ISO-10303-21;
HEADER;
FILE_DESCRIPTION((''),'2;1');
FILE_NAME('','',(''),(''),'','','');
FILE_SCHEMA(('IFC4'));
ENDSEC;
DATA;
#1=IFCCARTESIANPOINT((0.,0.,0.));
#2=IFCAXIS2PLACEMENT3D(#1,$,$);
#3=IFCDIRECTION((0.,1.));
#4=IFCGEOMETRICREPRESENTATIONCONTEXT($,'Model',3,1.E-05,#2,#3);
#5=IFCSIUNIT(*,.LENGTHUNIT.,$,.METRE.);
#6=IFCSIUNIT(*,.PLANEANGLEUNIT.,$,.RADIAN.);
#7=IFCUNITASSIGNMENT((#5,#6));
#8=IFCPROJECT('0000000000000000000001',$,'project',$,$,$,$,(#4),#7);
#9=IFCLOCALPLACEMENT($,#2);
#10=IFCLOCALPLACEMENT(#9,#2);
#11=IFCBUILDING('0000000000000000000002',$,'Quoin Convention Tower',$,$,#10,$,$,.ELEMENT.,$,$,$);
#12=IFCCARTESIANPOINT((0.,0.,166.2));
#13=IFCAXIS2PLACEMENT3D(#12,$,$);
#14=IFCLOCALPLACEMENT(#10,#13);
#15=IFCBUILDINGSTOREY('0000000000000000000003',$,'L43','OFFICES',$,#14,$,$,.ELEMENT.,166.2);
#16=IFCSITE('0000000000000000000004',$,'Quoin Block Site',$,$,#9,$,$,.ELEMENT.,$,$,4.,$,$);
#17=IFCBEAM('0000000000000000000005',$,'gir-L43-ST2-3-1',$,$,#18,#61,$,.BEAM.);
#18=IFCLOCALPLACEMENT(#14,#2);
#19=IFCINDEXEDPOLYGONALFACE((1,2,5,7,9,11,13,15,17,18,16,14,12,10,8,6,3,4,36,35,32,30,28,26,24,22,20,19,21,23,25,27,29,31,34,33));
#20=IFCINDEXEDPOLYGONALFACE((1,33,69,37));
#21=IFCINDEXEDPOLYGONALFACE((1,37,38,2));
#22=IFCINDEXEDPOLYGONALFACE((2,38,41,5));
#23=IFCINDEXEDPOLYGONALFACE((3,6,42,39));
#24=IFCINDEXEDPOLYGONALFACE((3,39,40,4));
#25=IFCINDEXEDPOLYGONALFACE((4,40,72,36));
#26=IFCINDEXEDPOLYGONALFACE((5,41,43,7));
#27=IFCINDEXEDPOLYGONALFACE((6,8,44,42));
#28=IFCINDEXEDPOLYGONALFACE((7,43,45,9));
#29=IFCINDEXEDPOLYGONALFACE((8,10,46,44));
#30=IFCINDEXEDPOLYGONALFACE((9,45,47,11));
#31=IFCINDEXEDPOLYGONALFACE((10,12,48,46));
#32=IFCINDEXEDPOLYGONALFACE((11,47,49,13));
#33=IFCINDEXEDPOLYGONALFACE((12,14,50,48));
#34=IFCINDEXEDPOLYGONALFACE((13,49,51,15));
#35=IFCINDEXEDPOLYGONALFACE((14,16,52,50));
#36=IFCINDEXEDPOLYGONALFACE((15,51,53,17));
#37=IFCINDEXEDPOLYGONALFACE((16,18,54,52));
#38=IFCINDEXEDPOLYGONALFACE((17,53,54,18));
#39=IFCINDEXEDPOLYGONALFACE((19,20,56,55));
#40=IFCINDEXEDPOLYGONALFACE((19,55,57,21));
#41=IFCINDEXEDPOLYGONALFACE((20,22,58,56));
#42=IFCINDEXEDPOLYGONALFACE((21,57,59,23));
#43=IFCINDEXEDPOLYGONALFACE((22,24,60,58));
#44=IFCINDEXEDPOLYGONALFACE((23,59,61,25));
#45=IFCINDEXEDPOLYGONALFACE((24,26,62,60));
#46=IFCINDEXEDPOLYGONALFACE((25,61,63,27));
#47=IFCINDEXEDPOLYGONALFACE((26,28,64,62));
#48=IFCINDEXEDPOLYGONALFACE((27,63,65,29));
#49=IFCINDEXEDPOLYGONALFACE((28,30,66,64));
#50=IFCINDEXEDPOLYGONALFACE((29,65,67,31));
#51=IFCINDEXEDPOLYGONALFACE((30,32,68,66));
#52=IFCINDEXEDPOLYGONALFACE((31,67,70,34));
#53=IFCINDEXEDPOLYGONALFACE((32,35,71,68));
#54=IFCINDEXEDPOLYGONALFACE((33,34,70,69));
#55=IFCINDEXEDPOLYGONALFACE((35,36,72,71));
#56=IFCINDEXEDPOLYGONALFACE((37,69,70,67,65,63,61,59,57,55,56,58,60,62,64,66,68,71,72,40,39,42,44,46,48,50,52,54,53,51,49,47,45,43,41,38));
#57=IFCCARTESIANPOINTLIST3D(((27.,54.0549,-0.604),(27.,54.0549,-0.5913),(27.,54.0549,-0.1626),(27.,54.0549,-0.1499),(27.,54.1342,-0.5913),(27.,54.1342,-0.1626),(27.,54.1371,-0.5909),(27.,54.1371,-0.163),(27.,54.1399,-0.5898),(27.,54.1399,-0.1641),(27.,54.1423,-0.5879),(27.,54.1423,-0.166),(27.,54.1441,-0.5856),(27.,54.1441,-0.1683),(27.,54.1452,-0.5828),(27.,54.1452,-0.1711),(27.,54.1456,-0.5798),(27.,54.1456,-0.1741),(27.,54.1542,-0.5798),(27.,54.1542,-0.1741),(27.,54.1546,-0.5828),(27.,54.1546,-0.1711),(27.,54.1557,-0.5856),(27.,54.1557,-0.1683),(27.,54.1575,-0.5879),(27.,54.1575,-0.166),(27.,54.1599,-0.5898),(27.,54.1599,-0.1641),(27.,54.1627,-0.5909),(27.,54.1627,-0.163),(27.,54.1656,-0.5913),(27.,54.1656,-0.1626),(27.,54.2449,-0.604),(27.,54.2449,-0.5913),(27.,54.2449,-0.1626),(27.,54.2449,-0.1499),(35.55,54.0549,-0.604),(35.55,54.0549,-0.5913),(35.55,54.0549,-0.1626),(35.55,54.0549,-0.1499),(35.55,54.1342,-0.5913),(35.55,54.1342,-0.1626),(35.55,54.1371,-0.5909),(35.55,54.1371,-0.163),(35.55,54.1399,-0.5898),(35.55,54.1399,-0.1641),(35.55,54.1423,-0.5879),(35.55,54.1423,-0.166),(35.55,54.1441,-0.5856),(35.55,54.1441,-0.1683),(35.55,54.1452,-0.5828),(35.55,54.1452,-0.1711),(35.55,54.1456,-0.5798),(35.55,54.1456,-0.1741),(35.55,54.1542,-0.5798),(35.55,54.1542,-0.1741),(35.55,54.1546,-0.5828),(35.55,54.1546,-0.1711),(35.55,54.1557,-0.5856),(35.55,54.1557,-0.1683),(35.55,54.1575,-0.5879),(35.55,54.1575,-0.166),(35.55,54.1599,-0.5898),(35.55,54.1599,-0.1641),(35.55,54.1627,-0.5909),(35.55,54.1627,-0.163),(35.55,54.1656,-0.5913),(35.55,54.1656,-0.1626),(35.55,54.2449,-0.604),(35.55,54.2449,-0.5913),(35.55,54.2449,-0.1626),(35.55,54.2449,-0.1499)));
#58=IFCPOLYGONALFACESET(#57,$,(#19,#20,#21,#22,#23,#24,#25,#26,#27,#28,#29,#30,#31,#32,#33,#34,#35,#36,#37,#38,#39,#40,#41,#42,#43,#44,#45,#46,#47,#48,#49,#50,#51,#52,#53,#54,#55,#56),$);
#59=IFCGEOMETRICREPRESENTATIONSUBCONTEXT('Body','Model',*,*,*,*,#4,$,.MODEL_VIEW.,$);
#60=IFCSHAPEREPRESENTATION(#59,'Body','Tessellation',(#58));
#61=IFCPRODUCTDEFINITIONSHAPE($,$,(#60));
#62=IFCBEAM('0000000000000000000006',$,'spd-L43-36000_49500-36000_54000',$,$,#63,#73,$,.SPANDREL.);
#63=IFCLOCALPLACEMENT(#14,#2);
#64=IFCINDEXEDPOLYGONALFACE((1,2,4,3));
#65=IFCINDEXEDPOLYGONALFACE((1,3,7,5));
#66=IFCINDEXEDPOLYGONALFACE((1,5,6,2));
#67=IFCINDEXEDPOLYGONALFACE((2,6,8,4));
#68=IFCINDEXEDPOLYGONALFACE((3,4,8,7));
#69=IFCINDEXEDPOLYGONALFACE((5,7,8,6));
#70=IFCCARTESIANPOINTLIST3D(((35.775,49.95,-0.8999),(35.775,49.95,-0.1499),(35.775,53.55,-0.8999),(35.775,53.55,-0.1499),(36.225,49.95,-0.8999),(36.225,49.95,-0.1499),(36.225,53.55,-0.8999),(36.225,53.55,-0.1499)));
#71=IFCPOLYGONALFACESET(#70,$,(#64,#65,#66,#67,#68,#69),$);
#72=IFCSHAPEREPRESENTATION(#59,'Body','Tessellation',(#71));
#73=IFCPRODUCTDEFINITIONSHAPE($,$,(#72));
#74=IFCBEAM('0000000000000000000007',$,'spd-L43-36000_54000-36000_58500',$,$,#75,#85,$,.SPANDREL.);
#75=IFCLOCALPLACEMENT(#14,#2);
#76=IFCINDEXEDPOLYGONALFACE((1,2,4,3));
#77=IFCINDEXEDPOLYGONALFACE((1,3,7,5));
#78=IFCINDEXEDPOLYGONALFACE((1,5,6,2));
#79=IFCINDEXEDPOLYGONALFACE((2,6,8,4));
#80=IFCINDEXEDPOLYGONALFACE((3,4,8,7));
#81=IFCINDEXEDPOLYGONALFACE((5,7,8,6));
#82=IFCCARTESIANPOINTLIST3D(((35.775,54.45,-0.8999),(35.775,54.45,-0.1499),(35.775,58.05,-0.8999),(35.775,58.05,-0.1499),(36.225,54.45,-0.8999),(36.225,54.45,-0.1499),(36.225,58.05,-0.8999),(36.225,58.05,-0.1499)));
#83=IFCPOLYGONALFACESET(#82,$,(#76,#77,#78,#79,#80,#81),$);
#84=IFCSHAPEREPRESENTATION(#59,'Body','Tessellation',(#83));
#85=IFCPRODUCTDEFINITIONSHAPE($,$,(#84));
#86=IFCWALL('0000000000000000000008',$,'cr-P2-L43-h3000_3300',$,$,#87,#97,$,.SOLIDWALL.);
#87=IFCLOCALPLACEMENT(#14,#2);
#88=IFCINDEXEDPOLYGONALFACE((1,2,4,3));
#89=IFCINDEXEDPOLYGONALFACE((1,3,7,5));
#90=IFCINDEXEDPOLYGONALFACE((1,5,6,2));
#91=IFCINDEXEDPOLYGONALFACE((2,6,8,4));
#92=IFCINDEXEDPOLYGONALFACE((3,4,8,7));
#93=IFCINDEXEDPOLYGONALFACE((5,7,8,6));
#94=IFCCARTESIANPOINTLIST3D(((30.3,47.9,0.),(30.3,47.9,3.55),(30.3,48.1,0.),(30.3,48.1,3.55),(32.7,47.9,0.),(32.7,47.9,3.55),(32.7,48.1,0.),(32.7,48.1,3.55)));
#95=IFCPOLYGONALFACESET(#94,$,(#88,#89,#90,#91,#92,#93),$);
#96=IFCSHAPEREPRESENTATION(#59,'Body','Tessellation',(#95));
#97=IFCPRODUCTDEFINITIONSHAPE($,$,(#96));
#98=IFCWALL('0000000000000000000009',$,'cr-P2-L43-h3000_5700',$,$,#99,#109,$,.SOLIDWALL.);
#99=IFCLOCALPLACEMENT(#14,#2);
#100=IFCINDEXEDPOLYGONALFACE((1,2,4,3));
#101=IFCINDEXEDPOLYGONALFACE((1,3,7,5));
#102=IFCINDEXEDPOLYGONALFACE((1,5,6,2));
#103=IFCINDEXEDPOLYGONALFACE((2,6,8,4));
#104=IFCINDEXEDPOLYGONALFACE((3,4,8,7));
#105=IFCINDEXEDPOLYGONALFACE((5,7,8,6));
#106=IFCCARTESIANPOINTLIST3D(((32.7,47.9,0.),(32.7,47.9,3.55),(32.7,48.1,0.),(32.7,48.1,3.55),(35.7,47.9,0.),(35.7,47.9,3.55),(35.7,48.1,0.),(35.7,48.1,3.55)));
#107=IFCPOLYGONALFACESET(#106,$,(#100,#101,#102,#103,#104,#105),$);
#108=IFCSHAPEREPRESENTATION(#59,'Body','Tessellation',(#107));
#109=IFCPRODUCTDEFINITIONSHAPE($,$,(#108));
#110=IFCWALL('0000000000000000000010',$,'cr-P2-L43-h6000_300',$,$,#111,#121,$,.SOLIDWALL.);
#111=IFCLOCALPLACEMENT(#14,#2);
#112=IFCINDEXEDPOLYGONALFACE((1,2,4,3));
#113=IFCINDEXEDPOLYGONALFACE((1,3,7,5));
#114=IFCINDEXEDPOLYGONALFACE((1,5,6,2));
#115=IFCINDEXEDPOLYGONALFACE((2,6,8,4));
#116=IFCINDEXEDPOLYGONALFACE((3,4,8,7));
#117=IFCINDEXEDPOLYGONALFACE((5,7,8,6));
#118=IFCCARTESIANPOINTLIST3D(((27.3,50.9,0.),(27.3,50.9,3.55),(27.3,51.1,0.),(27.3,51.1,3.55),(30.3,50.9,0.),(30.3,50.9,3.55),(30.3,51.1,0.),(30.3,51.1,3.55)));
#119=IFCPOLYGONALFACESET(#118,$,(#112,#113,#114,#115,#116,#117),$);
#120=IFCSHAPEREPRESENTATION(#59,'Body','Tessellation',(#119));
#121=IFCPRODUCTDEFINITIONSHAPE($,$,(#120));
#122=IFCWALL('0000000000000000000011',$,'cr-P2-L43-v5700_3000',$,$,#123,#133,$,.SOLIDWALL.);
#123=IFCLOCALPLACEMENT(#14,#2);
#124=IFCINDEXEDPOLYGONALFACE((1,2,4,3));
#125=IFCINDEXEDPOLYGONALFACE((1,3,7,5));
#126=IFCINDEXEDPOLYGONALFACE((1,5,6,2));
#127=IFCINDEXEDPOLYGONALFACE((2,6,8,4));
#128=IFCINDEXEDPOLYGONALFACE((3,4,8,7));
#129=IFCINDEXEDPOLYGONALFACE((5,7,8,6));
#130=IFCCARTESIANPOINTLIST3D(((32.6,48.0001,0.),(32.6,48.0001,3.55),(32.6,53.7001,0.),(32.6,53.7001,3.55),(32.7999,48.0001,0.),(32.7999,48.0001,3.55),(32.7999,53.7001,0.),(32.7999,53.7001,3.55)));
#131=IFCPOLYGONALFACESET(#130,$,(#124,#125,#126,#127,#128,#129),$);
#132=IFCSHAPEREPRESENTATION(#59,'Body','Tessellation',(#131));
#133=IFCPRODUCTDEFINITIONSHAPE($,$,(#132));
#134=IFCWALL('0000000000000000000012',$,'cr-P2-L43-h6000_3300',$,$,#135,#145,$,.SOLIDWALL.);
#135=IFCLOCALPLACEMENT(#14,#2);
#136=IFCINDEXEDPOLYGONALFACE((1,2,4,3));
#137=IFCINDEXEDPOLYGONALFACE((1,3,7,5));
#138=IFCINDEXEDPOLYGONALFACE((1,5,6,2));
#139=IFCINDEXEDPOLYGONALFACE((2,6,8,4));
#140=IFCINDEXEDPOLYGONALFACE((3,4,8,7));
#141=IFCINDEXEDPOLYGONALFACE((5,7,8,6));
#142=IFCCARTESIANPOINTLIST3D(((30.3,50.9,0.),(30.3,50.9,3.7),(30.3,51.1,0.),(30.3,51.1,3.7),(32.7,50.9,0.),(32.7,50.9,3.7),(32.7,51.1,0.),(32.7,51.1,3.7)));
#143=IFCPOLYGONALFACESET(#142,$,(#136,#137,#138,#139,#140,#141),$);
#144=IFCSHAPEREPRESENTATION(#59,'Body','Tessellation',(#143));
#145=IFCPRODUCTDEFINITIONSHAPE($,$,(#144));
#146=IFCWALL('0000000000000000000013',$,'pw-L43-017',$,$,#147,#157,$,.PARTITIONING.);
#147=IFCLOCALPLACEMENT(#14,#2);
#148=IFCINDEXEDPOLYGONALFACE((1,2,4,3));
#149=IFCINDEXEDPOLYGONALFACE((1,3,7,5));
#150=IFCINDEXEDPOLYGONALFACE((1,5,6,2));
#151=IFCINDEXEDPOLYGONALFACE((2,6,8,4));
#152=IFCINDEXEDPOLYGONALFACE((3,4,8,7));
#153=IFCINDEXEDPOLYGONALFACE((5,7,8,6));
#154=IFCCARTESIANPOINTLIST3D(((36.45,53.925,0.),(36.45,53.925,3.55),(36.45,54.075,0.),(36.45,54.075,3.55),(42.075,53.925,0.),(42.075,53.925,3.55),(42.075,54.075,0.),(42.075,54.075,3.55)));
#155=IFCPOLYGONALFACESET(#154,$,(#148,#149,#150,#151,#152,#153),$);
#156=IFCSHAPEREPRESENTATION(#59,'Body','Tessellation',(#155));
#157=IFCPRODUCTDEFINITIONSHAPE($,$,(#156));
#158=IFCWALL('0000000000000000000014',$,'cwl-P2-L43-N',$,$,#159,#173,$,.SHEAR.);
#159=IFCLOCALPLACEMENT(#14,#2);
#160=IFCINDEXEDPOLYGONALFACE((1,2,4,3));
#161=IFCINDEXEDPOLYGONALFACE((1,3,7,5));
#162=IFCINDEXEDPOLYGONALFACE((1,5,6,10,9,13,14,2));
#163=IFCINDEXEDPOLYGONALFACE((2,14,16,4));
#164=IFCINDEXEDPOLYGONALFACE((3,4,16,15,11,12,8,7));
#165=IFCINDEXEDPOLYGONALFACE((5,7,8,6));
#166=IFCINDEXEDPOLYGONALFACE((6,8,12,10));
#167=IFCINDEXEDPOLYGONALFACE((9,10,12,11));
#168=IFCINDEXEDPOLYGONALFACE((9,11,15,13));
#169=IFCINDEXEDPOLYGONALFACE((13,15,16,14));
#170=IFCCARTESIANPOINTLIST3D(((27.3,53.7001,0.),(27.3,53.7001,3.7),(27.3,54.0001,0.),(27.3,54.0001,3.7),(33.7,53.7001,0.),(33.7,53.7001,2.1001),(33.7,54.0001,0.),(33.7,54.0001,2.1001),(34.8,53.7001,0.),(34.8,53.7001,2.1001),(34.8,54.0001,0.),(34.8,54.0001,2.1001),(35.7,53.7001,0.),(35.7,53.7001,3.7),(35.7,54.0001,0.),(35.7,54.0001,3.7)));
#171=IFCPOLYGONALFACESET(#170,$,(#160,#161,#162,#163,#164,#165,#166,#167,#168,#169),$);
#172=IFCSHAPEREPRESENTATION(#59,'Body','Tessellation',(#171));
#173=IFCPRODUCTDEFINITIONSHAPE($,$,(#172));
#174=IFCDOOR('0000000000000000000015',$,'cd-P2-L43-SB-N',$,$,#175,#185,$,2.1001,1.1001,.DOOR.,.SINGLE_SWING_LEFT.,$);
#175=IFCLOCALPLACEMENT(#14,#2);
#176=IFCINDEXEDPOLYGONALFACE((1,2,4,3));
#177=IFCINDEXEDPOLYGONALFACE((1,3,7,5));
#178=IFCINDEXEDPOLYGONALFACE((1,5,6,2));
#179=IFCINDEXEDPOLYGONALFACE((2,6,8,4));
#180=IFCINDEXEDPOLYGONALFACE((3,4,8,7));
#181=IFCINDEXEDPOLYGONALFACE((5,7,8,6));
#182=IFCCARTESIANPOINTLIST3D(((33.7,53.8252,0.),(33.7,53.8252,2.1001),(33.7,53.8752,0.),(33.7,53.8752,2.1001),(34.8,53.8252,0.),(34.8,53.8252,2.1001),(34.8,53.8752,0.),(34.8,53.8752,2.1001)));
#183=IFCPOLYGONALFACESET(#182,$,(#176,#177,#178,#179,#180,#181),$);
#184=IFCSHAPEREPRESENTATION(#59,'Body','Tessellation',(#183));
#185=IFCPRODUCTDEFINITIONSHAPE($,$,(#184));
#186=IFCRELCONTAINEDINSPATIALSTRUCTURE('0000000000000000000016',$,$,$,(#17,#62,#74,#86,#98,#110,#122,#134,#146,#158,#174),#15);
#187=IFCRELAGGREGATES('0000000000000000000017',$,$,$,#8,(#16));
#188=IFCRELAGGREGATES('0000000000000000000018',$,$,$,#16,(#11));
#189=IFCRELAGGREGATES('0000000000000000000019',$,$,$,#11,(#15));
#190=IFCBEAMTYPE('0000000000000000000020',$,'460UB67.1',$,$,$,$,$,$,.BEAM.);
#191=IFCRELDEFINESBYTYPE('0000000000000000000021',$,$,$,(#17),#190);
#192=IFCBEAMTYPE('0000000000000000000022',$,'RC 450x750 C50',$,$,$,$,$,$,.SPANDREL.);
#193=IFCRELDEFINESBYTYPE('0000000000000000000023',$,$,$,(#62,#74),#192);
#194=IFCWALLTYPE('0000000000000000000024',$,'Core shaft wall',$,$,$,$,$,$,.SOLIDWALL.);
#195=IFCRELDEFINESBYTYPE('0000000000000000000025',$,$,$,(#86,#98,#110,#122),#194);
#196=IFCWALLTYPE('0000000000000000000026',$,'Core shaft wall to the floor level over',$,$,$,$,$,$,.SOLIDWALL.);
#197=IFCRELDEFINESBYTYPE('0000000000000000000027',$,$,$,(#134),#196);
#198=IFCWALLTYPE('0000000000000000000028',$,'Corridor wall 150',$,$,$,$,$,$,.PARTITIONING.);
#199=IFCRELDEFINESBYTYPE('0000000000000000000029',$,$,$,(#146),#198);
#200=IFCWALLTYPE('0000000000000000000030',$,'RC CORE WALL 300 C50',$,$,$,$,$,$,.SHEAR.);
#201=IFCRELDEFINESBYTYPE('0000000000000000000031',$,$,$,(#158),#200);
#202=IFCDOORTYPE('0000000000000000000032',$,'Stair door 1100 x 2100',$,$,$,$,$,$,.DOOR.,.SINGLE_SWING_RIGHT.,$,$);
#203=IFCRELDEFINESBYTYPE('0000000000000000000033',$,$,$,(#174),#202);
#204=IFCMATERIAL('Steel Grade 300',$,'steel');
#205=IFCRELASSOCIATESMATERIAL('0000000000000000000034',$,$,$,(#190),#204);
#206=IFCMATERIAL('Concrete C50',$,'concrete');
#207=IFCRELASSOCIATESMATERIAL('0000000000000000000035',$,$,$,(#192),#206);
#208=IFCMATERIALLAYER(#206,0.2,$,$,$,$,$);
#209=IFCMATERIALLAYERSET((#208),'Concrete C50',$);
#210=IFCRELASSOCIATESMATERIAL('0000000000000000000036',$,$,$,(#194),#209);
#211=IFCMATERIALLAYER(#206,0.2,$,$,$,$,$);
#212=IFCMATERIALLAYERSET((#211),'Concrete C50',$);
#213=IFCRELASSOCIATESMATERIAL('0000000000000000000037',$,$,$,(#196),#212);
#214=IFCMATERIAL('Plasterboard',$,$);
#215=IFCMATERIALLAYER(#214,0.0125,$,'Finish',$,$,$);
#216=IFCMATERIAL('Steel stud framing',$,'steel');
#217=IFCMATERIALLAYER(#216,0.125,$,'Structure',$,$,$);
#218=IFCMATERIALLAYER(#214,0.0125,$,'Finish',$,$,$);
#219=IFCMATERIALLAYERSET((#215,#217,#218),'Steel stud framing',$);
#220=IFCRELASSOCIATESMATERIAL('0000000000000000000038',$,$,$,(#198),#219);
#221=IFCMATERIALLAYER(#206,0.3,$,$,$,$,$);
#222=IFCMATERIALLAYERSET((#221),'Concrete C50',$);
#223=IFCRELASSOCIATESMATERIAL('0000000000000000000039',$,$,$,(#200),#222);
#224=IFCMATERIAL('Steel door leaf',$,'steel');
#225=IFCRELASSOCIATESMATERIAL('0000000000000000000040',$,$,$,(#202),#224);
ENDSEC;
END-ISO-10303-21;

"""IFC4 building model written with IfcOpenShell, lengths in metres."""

from ifc_helpers import new_model, si_unit, direction, frame, frame_2d, origin, origin_2d, place, context, subcontext, project, spatial, rectangle, i_section, extrude, material, layer, layer_set, material_profile, profile_set, type_object, element, fill, save


model = new_model("IFC4")

# Units and contexts
model_context = context("Model", 3, precision=1e-05, world=origin(), true_north=direction((0.0, 1.0)))
body_context = subcontext(model_context, "Body", "Model", "MODEL_VIEW")
ifc_project = project(units=[si_unit("LENGTHUNIT", "METRE"), si_unit("PLANEANGLEUNIT", "RADIAN")], contexts=[model_context])

# Site, building, storey
site_placement = place(None, origin())
site = spatial("IfcSite", under=ifc_project, at=site_placement, Name="Quoin Block Site", CompositionType="ELEMENT", RefElevation=4.0)
building_placement = place(site_placement, origin())
building = spatial("IfcBuilding", under=site, at=building_placement, Name="Quoin Convention Tower", CompositionType="ELEMENT")
storey_placement = place(building_placement, frame((0.0, 0.0, 166.2)))
storey = spatial("IfcBuildingStorey", under=building, at=storey_placement, Name="L43", Description="OFFICES", CompositionType="ELEMENT", Elevation=166.2)

# Shared definitions
ifc_material_1 = material(Name="Concrete C50", Category="concrete")

# Beams
ifc_material_2 = material(Name="Steel Grade 300", Category="steel")
ifc_material_profile_1 = material_profile(ifc_material_2, i_section(OverallWidth=0.1899, OverallDepth=0.4541, WebThickness=0.0085, FlangeThickness=0.0127, FilletRadius=0.0115, at=origin_2d()), Name="460UB67.1")
ifc_profile_set_1 = profile_set([ifc_material_profile_1], Name="Steel Grade 300")
beam_type_1 = type_object("IfcBeamType", Name="460UB67.1", PredefinedType="BEAM", material=ifc_profile_set_1)
beam_1_placement = place(storey_placement, frame((27.0, 54.1499, -0.377), z_axis=(1.0, 0.0, 0.0), x_axis=(0.0, 1.0, 0.0)))
element("IfcBeam", 1, at=beam_1_placement, inside=storey, type_object=beam_type_1, Name="gir-L43-ST2-3-1", PredefinedType="BEAM", context=body_context, shape_type="SweptSolid", body=[
    extrude(i_section(OverallWidth=0.1899, OverallDepth=0.4541, WebThickness=0.0085, FlangeThickness=0.0127, FilletRadius=0.0115, at=origin_2d()), origin(), (0.0, 0.0, 1.0), 8.55),
])
ifc_material_profile_2 = material_profile(ifc_material_1, rectangle(XDim=0.45, YDim=0.75, at=origin_2d()), Name="RC 450x750")
ifc_profile_set_2 = profile_set([ifc_material_profile_2], Name="Concrete C50")
beam_type_2 = type_object("IfcBeamType", Name="RC 450x750 C50", PredefinedType="SPANDREL", material=ifc_profile_set_2)
for number, where, z_axis, x_axis, name in (
    (2, (36.0, 49.95, -0.5249), (0.0, 1.0, 0.0), (-1.0, 0.0, 0.0), "spd-L43-36000_49500-36000_54000"),
    (3, (36.0, 54.45, -0.5249), (0.0, 1.0, 0.0), (-1.0, 0.0, 0.0), "spd-L43-36000_54000-36000_58500"),
):
    element("IfcBeam", number, at=place(storey_placement, frame(where, z_axis=z_axis, x_axis=x_axis)), inside=storey, type_object=beam_type_2, Name=name, PredefinedType="SPANDREL", context=body_context, shape_type="SweptSolid", body=[
        extrude(rectangle(XDim=0.45, YDim=0.75, at=origin_2d()), origin(), (0.0, 0.0, 1.0), 3.6001),
    ])

# Walls
ifc_layer_1 = layer(ifc_material_1, 0.2)
ifc_layer_set_1 = layer_set([ifc_layer_1], Name="Concrete C50")
wall_type_1 = type_object("IfcWallType", Name="Core shaft wall", PredefinedType="SOLIDWALL", material=ifc_layer_set_1)
wall_1_placement = place(storey_placement, frame((30.3, 48.0, 0.0), z_axis=(0.0, 0.0, 1.0), x_axis=(1.0, 0.0, 0.0)))
element("IfcWall", 4, at=wall_1_placement, inside=storey, type_object=wall_type_1, Name="cr-P2-L43-h3000_3300", PredefinedType="SOLIDWALL", context=body_context, shape_type="SweptSolid", body=[
    extrude(rectangle(XDim=2.3999, YDim=0.2, at=frame_2d((1.2, 0.0))), origin(), (0.0, 0.0, 1.0), 3.55),
])
for number, where, z_axis, x_axis, name in (
    (5, (32.7, 48.0, 0.0), (0.0, 0.0, 1.0), (1.0, 0.0, 0.0), "cr-P2-L43-h3000_5700"),
    (6, (27.3, 51.0, 0.0), (0.0, 0.0, 1.0), (1.0, 0.0, 0.0), "cr-P2-L43-h6000_300"),
):
    element("IfcWall", number, at=place(storey_placement, frame(where, z_axis=z_axis, x_axis=x_axis)), inside=storey, type_object=wall_type_1, Name=name, PredefinedType="SOLIDWALL", context=body_context, shape_type="SweptSolid", body=[
        extrude(rectangle(XDim=3.0, YDim=0.2, at=frame_2d((1.5, 0.0))), origin(), (0.0, 0.0, 1.0), 3.55),
    ])
wall_2_placement = place(storey_placement, frame((32.7, 48.0, 0.0), z_axis=(0.0, 0.0, 1.0), x_axis=(0.0, 1.0, 0.0)))
element("IfcWall", 7, at=wall_2_placement, inside=storey, type_object=wall_type_1, Name="cr-P2-L43-v5700_3000", PredefinedType="SOLIDWALL", context=body_context, shape_type="SweptSolid", body=[
    extrude(rectangle(XDim=5.7, YDim=0.2, at=frame_2d((2.8501, 0.0))), origin(), (0.0, 0.0, 1.0), 3.55),
])
ifc_layer_2 = layer(ifc_material_1, 0.2)
ifc_layer_set_2 = layer_set([ifc_layer_2], Name="Concrete C50")
wall_type_2 = type_object("IfcWallType", Name="Core shaft wall to the floor level over", PredefinedType="SOLIDWALL", material=ifc_layer_set_2)
wall_3_placement = place(storey_placement, frame((30.3, 51.0, 0.0), z_axis=(0.0, 0.0, 1.0), x_axis=(1.0, 0.0, 0.0)))
element("IfcWall", 8, at=wall_3_placement, inside=storey, type_object=wall_type_2, Name="cr-P2-L43-h6000_3300", PredefinedType="SOLIDWALL", context=body_context, shape_type="SweptSolid", body=[
    extrude(rectangle(XDim=2.3999, YDim=0.2, at=frame_2d((1.2, 0.0))), origin(), (0.0, 0.0, 1.0), 3.7),
])
ifc_material_3 = material(Name="Plasterboard")
ifc_layer_3 = layer(ifc_material_3, 0.0125, Name="Finish")
ifc_material_4 = material(Name="Steel stud framing", Category="steel")
ifc_layer_4 = layer(ifc_material_4, 0.125, Name="Structure")
ifc_layer_5 = layer(ifc_material_3, 0.0125, Name="Finish")
ifc_layer_set_3 = layer_set([ifc_layer_3, ifc_layer_4, ifc_layer_5], Name="Steel stud framing")
wall_type_3 = type_object("IfcWallType", Name="Corridor wall 150", PredefinedType="PARTITIONING", material=ifc_layer_set_3)
wall_4_placement = place(storey_placement, frame((36.45, 54.0, 0.0), z_axis=(0.0, 0.0, 1.0), x_axis=(1.0, 0.0, 0.0)))
element("IfcWall", 9, at=wall_4_placement, inside=storey, type_object=wall_type_3, Name="pw-L43-017", PredefinedType="PARTITIONING", context=body_context, shape_type="SweptSolid", body=[
    extrude(rectangle(XDim=5.625, YDim=0.1499, at=frame_2d((2.8125, 0.0))), origin(), (0.0, 0.0, 1.0), 3.55),
])

# Wall, opening, door
ifc_layer_6 = layer(ifc_material_1, 0.3)
ifc_layer_set_4 = layer_set([ifc_layer_6], Name="Concrete C50")
wall_type_4 = type_object("IfcWallType", Name="RC CORE WALL 300 C50", PredefinedType="SHEAR", material=ifc_layer_set_4)
wall_5_placement = place(storey_placement, frame((27.3, 53.8501, 0.0), z_axis=(0.0, 0.0, 1.0), x_axis=(1.0, 0.0, 0.0)))
wall_5 = element("IfcWall", 10, at=wall_5_placement, inside=storey, type_object=wall_type_4, Name="cwl-P2-L43-N", PredefinedType="SHEAR", context=body_context, shape_type="SweptSolid", body=[
    extrude(rectangle(XDim=8.3999, YDim=0.3, at=frame_2d((4.2, 0.0))), origin(), (0.0, 0.0, 1.0), 3.7),
])
opening_1_placement = place(wall_5_placement, frame((6.3999, 0.0, 0.0)))
opening_1 = element("IfcOpeningElement", 11, at=opening_1_placement, cuts=wall_5, PredefinedType="OPENING", context=body_context, shape_type="SweptSolid", body=[
    extrude(rectangle(XDim=1.1001, YDim=2.1001, at=frame_2d((0.55, 1.05))), frame((0.0, 0.1599, 0.0), z_axis=(0.0, -1.0, 0.0), x_axis=(1.0, 0.0, 0.0)), (0.0, 0.0, 1.0), 0.3201),
])
ifc_material_5 = material(Name="Steel door leaf", Category="steel")
door_type_1 = type_object("IfcDoorType", Name="Stair door 1100 x 2100", OperationType="SINGLE_SWING_RIGHT", PredefinedType="DOOR", material=ifc_material_5)
door_1_placement = place(opening_1_placement, frame((1.1001, 0.0, 0.0), z_axis=(0.0, 0.0, 1.0), x_axis=(-1.0, 0.0, 0.0)))
door_1 = element("IfcDoor", 12, at=door_1_placement, inside=storey, type_object=door_type_1, Name="cd-P2-L43-SB-N", OperationType="SINGLE_SWING_LEFT", OverallHeight=2.1001, OverallWidth=1.1001, PredefinedType="DOOR", context=body_context, shape_type="SweptSolid", body=[
    extrude(rectangle(XDim=1.1001, YDim=2.1001, at=frame_2d((0.55, 1.05))), frame((0.0, 0.0249, 0.0), z_axis=(0.0, -1.0, 0.0), x_axis=(1.0, 0.0, 0.0)), (0.0, 0.0, 1.0), 0.05),
])
fill(opening_1, door_1)

save(model, "model.ifc")
